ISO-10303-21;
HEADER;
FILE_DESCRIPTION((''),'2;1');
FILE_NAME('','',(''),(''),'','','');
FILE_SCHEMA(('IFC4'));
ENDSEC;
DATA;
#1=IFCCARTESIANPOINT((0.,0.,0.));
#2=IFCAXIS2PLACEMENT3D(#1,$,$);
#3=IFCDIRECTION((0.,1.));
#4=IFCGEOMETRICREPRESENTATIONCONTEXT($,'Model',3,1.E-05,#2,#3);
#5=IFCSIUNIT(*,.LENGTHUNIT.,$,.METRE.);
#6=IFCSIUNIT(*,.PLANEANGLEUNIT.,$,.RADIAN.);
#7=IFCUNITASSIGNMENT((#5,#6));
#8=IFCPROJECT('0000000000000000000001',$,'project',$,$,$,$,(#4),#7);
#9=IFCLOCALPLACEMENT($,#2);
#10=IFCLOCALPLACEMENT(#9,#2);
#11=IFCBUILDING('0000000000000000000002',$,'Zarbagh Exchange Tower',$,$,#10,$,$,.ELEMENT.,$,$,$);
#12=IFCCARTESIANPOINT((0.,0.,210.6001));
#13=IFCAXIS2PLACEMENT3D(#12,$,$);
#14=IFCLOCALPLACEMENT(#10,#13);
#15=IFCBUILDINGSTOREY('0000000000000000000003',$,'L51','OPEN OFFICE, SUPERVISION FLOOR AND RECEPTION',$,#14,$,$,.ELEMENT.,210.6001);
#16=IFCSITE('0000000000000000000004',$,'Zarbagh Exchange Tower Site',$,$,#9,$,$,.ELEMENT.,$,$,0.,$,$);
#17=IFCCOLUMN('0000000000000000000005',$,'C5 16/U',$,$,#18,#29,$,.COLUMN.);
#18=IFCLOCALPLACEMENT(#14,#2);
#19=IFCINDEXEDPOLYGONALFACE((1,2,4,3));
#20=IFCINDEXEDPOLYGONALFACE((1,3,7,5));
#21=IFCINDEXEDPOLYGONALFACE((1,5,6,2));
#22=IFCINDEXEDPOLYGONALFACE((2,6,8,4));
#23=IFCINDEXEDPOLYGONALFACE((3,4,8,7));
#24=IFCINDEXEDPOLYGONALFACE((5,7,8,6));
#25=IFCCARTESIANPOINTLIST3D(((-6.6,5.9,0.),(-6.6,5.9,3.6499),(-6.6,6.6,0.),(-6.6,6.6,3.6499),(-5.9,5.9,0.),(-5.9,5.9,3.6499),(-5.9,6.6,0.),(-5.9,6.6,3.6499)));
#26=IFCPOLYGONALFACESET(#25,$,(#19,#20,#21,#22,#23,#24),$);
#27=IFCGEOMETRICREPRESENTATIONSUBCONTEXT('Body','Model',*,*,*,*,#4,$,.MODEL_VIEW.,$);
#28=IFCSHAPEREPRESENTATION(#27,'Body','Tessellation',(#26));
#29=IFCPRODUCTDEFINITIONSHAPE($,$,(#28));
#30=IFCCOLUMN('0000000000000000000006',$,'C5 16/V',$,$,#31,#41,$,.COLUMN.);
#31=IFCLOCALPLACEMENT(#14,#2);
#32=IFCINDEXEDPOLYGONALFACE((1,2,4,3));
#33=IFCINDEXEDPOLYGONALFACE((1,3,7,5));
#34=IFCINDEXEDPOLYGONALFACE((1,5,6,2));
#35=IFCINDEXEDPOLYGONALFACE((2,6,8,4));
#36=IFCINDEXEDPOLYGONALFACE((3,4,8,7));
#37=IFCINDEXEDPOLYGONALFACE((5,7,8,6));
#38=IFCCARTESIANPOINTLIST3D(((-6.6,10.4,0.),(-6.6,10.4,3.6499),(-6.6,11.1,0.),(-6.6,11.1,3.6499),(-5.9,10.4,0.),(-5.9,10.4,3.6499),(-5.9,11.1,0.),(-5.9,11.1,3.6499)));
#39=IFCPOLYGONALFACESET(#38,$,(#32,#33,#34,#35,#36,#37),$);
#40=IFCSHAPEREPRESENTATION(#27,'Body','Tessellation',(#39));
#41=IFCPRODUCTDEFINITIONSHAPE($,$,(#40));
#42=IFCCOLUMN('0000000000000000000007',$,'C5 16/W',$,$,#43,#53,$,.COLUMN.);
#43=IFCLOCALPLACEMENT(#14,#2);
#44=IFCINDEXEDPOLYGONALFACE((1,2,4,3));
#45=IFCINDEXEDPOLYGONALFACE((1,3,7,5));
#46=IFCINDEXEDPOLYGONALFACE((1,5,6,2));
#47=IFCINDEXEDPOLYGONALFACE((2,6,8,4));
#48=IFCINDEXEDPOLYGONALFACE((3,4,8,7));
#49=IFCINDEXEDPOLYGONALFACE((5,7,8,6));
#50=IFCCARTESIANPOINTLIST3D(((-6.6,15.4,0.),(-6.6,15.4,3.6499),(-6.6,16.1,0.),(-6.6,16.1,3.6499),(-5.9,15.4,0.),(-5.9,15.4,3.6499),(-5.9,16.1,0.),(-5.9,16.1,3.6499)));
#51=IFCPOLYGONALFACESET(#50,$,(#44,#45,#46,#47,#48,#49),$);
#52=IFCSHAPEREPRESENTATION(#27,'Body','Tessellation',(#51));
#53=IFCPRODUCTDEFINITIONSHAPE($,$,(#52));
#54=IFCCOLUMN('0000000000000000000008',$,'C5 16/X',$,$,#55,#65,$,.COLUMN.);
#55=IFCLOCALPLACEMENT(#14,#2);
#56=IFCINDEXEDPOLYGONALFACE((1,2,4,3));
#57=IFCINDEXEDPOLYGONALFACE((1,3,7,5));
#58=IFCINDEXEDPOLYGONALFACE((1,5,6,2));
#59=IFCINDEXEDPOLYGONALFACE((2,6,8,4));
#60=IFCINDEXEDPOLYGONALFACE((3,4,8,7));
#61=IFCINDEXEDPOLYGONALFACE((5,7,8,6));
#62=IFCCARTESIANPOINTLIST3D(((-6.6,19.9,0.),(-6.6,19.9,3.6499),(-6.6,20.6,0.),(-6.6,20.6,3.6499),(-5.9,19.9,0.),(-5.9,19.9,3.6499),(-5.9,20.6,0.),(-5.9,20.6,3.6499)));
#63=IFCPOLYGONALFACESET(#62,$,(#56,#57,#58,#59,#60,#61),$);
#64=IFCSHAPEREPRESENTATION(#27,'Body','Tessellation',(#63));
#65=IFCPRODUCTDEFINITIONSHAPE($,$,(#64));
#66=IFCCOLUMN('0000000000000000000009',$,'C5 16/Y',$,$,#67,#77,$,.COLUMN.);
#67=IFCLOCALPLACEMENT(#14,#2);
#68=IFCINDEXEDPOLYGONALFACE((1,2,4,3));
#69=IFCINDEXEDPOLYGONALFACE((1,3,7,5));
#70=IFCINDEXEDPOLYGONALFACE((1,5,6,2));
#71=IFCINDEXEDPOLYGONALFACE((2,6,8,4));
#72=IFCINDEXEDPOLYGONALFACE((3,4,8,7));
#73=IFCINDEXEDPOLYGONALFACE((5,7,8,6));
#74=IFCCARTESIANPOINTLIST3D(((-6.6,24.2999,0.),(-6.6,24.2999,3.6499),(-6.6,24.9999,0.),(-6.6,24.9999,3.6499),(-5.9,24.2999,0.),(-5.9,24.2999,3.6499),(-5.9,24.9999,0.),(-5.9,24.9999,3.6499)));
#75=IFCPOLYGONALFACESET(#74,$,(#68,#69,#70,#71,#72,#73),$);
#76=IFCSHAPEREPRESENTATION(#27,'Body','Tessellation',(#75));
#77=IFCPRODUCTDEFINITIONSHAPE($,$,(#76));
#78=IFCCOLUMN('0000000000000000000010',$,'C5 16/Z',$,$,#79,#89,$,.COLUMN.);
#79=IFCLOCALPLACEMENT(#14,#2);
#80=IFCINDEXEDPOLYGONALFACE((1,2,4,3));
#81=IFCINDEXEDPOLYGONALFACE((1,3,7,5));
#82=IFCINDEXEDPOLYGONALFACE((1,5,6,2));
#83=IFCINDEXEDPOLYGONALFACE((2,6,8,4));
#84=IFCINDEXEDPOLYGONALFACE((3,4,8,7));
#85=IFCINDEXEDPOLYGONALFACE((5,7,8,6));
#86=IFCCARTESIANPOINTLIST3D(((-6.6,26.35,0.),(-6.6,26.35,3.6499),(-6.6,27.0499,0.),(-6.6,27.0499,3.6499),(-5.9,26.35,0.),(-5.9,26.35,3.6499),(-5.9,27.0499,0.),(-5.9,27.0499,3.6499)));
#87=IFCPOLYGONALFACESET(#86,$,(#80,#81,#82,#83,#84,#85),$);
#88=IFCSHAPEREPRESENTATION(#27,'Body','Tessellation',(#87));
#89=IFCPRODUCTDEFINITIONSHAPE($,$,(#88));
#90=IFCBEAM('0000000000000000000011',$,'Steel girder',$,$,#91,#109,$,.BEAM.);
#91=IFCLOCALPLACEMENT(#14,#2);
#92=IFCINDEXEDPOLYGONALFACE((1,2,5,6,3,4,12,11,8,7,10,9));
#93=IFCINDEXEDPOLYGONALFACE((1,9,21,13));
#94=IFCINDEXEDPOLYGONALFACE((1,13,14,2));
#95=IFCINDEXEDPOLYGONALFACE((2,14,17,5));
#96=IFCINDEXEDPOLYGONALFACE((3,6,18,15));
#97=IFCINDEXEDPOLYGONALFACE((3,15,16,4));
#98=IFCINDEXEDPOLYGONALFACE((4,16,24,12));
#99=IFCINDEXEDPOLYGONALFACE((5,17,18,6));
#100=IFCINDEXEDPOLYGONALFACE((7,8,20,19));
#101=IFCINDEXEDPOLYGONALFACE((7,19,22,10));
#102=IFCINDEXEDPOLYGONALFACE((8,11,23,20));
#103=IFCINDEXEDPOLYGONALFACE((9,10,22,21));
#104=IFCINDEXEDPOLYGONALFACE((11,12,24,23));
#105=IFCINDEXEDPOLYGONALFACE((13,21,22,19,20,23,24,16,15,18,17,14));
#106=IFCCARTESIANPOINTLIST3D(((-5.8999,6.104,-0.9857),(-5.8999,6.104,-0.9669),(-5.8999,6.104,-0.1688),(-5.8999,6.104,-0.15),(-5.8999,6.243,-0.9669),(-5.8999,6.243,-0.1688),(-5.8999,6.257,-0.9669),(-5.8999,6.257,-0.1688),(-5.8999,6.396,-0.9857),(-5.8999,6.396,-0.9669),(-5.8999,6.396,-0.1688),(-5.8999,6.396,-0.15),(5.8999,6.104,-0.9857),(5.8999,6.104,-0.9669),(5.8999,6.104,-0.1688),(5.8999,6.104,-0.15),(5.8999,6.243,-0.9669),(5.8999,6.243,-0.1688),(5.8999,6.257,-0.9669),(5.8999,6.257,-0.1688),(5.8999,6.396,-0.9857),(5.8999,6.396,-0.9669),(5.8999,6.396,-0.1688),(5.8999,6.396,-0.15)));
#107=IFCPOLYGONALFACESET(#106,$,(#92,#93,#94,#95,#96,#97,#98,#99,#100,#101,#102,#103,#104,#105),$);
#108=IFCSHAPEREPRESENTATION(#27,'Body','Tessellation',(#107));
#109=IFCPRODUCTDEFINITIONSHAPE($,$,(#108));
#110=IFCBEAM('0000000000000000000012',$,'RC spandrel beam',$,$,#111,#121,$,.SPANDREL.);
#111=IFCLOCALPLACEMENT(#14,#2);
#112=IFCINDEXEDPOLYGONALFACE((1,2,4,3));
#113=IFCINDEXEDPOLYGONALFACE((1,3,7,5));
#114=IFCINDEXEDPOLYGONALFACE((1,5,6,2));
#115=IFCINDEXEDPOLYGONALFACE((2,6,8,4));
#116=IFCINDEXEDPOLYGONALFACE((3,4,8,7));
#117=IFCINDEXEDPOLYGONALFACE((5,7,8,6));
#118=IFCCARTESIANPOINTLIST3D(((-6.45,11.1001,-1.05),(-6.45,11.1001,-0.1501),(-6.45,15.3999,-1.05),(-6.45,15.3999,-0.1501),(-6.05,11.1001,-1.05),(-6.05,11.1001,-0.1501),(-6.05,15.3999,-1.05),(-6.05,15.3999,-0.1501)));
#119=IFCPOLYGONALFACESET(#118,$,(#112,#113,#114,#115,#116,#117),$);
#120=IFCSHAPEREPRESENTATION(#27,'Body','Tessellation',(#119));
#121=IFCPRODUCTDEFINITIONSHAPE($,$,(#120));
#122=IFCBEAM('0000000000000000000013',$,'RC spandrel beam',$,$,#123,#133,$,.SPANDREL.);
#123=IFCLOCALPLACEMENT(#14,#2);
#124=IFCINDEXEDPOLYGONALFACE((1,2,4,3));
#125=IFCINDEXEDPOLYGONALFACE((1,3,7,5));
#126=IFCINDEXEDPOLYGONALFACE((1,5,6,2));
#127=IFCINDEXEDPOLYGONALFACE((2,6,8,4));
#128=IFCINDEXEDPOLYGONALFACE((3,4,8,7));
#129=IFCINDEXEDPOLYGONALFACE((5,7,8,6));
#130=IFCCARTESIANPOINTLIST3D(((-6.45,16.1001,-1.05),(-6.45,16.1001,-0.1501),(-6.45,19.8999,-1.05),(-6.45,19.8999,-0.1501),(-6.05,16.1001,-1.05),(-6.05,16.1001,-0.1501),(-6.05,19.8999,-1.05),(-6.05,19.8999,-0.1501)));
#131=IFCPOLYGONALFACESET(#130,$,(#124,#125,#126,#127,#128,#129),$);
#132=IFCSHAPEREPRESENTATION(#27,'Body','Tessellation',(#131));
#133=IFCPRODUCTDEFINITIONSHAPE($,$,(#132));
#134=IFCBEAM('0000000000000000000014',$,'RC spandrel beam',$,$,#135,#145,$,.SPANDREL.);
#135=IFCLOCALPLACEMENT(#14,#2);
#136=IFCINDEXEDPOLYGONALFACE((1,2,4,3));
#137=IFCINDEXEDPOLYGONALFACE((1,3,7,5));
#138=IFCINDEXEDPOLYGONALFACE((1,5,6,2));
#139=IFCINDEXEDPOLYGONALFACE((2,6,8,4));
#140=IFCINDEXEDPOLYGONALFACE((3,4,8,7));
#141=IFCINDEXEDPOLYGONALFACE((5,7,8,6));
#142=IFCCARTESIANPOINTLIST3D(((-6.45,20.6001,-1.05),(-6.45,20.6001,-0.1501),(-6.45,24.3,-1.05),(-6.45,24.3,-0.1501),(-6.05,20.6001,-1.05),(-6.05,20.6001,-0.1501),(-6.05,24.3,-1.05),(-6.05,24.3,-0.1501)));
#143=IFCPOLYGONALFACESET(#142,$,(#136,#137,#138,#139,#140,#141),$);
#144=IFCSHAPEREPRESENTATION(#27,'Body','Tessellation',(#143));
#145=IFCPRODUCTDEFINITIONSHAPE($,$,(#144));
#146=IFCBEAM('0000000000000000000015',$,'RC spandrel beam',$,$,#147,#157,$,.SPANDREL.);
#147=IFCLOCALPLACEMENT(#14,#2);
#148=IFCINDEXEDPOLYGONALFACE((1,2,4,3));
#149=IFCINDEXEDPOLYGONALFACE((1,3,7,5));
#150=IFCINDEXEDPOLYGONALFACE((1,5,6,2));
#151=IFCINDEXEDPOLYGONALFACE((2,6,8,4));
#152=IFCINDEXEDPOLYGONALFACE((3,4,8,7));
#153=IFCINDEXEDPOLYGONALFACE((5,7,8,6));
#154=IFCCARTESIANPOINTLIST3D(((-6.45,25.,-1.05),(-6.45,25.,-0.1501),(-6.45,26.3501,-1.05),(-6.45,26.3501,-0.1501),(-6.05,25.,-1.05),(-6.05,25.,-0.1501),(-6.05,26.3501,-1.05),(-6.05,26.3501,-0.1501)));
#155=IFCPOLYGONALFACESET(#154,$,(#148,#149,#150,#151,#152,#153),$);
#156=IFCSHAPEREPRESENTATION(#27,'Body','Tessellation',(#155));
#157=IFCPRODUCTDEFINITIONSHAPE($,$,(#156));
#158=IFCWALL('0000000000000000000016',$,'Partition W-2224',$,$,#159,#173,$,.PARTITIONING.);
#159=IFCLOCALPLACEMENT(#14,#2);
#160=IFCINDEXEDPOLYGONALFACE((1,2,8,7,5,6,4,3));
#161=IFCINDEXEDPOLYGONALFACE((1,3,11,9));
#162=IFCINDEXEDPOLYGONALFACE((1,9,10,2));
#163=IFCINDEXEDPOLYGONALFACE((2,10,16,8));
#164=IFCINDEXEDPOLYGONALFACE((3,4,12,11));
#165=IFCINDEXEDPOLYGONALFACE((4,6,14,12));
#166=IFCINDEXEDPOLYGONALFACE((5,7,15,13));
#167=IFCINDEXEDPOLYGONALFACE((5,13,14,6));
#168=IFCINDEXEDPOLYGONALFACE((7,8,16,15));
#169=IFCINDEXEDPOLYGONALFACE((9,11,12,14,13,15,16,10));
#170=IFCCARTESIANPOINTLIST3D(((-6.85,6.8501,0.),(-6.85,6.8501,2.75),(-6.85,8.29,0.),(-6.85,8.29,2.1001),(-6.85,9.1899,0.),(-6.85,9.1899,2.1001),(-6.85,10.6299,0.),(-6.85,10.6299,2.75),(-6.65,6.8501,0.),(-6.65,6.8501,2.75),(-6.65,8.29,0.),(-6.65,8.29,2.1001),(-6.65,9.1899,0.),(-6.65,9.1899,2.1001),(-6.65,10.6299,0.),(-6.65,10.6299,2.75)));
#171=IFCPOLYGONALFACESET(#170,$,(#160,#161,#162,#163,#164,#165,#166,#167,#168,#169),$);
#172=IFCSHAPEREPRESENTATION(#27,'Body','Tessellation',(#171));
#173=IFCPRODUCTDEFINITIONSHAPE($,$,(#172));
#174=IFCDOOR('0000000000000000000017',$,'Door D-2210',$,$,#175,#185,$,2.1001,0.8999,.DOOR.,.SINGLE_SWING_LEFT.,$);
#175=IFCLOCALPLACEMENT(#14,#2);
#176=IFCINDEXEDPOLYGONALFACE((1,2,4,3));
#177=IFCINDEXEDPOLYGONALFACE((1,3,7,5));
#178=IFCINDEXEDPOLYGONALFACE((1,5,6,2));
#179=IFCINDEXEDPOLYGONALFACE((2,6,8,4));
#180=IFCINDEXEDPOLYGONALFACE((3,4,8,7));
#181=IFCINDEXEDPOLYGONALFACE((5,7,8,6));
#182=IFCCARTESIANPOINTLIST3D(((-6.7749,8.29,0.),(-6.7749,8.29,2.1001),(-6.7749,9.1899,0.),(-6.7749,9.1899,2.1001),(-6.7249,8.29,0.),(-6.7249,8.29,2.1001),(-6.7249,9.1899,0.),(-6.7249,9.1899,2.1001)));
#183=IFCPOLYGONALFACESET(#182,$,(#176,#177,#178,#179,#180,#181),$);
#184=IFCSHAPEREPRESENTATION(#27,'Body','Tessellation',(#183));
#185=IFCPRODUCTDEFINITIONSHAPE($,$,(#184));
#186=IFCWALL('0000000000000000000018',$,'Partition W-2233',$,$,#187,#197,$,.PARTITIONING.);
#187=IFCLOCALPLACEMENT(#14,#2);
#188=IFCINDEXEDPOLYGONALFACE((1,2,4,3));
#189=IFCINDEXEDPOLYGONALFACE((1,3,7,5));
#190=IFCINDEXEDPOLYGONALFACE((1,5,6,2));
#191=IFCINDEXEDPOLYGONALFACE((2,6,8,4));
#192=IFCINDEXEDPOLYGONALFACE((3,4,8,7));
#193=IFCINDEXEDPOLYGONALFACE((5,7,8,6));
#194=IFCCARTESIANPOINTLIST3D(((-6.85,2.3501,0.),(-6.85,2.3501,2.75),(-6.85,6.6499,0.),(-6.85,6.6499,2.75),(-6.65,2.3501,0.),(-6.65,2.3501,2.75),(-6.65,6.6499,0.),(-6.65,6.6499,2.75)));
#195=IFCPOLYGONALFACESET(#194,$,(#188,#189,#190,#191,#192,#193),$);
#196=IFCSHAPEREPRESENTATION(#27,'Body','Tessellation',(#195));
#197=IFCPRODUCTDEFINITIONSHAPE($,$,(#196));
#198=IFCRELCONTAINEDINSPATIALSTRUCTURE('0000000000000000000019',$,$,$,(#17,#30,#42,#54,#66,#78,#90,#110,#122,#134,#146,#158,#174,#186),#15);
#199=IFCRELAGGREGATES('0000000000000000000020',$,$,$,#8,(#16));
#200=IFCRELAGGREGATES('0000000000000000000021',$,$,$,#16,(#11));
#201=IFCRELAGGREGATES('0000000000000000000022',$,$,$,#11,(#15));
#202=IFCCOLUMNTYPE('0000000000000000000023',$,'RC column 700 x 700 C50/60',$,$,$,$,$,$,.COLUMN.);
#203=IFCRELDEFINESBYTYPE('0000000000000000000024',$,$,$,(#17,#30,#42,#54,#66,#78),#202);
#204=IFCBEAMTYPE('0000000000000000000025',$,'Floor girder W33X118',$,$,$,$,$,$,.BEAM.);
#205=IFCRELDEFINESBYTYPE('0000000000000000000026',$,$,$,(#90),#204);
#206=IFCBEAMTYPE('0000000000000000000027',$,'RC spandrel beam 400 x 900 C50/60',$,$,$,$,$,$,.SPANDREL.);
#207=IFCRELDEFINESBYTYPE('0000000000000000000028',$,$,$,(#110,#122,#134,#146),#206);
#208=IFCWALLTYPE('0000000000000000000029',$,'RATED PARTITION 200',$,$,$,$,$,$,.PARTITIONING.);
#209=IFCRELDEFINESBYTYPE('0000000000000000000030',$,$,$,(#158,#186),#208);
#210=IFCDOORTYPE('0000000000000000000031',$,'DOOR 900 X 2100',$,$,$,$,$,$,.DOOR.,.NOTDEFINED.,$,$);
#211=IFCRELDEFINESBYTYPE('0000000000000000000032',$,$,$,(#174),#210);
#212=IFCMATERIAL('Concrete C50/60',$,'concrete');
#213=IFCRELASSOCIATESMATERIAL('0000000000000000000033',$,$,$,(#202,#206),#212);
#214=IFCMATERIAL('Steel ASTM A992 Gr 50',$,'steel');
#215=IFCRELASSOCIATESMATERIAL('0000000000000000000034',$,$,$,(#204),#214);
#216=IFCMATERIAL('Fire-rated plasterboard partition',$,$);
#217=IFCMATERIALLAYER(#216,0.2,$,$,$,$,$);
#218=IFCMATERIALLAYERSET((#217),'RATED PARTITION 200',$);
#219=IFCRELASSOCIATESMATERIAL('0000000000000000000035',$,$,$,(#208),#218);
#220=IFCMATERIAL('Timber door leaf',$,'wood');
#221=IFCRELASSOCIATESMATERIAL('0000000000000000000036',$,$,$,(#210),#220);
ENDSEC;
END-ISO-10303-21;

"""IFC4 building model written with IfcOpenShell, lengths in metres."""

from ifc_helpers import new_model, si_unit, direction, frame, frame_2d, origin, origin_2d, place, context, subcontext, project, spatial, rectangle, i_section, extrude, material, layer, layer_set, material_profile, profile_set, type_object, element, fill, save


model = new_model("IFC4")

# Units and contexts
model_context = context("Model", 3, precision=1e-05, world=origin(), true_north=direction((0.0, 1.0)))
body_context = subcontext(model_context, "Body", "Model", "MODEL_VIEW")
ifc_project = project(units=[si_unit("LENGTHUNIT", "METRE"), si_unit("PLANEANGLEUNIT", "RADIAN")], contexts=[model_context])

# Site, building, storey
site_placement = place(None, origin())
site = spatial("IfcSite", under=ifc_project, at=site_placement, Name="Zarbagh Exchange Tower Site", CompositionType="ELEMENT", RefElevation=0.0)
building_placement = place(site_placement, origin())
building = spatial("IfcBuilding", under=site, at=building_placement, Name="Zarbagh Exchange Tower", CompositionType="ELEMENT")
storey_placement = place(building_placement, frame((0.0, 0.0, 210.6001)))
storey = spatial("IfcBuildingStorey", under=building, at=storey_placement, Name="L51", Description="OPEN OFFICE, SUPERVISION FLOOR AND RECEPTION", CompositionType="ELEMENT", Elevation=210.6001)

# Columns
ifc_material_1 = material(Name="Concrete C50/60", Category="concrete")
ifc_material_profile_1 = material_profile(ifc_material_1, rectangle(XDim=0.7, YDim=0.7, at=origin_2d()), Name="RC column 700 x 700 C50/60")
ifc_profile_set_1 = profile_set([ifc_material_profile_1], Name="Concrete C50/60")
column_type = type_object("IfcColumnType", Name="RC column 700 x 700 C50/60", PredefinedType="COLUMN", material=ifc_profile_set_1)
for number, where, z_axis, x_axis, name in (
    (1, (-6.25, 6.25, 0.0), (0.0, 0.0, 1.0), (1.0, 0.0, 0.0), "C5 16/U"),
    (2, (-6.25, 10.75, 0.0), (0.0, 0.0, 1.0), (1.0, 0.0, 0.0), "C5 16/V"),
    (3, (-6.25, 15.75, 0.0), (0.0, 0.0, 1.0), (1.0, 0.0, 0.0), "C5 16/W"),
    (4, (-6.25, 20.25, 0.0), (0.0, 0.0, 1.0), (1.0, 0.0, 0.0), "C5 16/X"),
    (5, (-6.25, 24.6499, 0.0), (0.0, 0.0, 1.0), (1.0, 0.0, 0.0), "C5 16/Y"),
    (6, (-6.25, 26.7, 0.0), (0.0, 0.0, 1.0), (1.0, 0.0, 0.0), "C5 16/Z"),
):
    element("IfcColumn", number, at=place(storey_placement, frame(where, z_axis=z_axis, x_axis=x_axis)), inside=storey, type_object=column_type, Name=name, PredefinedType="COLUMN", context=body_context, shape_type="SweptSolid", body=[
        extrude(rectangle(XDim=0.7, YDim=0.7, at=origin_2d()), origin(), (0.0, 0.0, 1.0), 3.6499),
    ])

# Beams
ifc_material_2 = material(Name="Steel ASTM A992 Gr 50", Category="steel")
ifc_material_profile_2 = material_profile(ifc_material_2, i_section(OverallWidth=0.292, OverallDepth=0.8357, WebThickness=0.0139, FlangeThickness=0.0188, at=origin_2d()), Name="W33X118")
ifc_profile_set_2 = profile_set([ifc_material_profile_2], Name="Steel ASTM A992 Gr 50")
beam_type_1 = type_object("IfcBeamType", Name="Floor girder W33X118", PredefinedType="BEAM", material=ifc_profile_set_2)
beam_1_placement = place(storey_placement, frame((-5.8999, 6.25, -0.5679), z_axis=(1.0, 0.0, 0.0), x_axis=(0.0, 1.0, 0.0)))
element("IfcBeam", 7, at=beam_1_placement, inside=storey, type_object=beam_type_1, Name="Steel girder", PredefinedType="BEAM", context=body_context, shape_type="SweptSolid", body=[
    extrude(i_section(OverallWidth=0.292, OverallDepth=0.8357, WebThickness=0.0139, FlangeThickness=0.0188, at=origin_2d()), origin(), (0.0, 0.0, 1.0), 11.7998),
])
ifc_material_profile_3 = material_profile(ifc_material_1, rectangle(XDim=0.3999, YDim=0.8999, at=origin_2d()), Name="RC spandrel beam 400 x 900 C50/60")
ifc_profile_set_3 = profile_set([ifc_material_profile_3], Name="Concrete C50/60")
beam_type_2 = type_object("IfcBeamType", Name="RC spandrel beam 400 x 900 C50/60", PredefinedType="SPANDREL", material=ifc_profile_set_3)
beam_2_placement = place(storey_placement, frame((-6.25, 11.1001, -0.6001), z_axis=(0.0, 1.0, 0.0), x_axis=(-1.0, 0.0, 0.0)))
element("IfcBeam", 8, at=beam_2_placement, inside=storey, type_object=beam_type_2, Name="RC spandrel beam", PredefinedType="SPANDREL", context=body_context, shape_type="SweptSolid", body=[
    extrude(rectangle(XDim=0.3999, YDim=0.8999, at=origin_2d()), origin(), (0.0, 0.0, 1.0), 4.2998),
])
beam_3_placement = place(storey_placement, frame((-6.25, 16.1001, -0.6001), z_axis=(0.0, 1.0, 0.0), x_axis=(-1.0, 0.0, 0.0)))
element("IfcBeam", 9, at=beam_3_placement, inside=storey, type_object=beam_type_2, Name="RC spandrel beam", PredefinedType="SPANDREL", context=body_context, shape_type="SweptSolid", body=[
    extrude(rectangle(XDim=0.3999, YDim=0.8999, at=origin_2d()), origin(), (0.0, 0.0, 1.0), 3.7998),
])
beam_4_placement = place(storey_placement, frame((-6.25, 20.6001, -0.6001), z_axis=(0.0, 1.0, 0.0), x_axis=(-1.0, 0.0, 0.0)))
element("IfcBeam", 10, at=beam_4_placement, inside=storey, type_object=beam_type_2, Name="RC spandrel beam", PredefinedType="SPANDREL", context=body_context, shape_type="SweptSolid", body=[
    extrude(rectangle(XDim=0.3999, YDim=0.8999, at=origin_2d()), origin(), (0.0, 0.0, 1.0), 3.7),
])
beam_5_placement = place(storey_placement, frame((-6.25, 25.0, -0.6001), z_axis=(0.0, 1.0, 0.0), x_axis=(-1.0, 0.0, 0.0)))
element("IfcBeam", 11, at=beam_5_placement, inside=storey, type_object=beam_type_2, Name="RC spandrel beam", PredefinedType="SPANDREL", context=body_context, shape_type="SweptSolid", body=[
    extrude(rectangle(XDim=0.3999, YDim=0.8999, at=origin_2d()), origin(), (0.0, 0.0, 1.0), 1.3501),
])

# Wall, opening, door
ifc_material_3 = material(Name="Fire-rated plasterboard partition")
ifc_layer_1 = layer(ifc_material_3, 0.2)
ifc_layer_set_1 = layer_set([ifc_layer_1], Name="RATED PARTITION 200")
wall_type_1 = type_object("IfcWallType", Name="RATED PARTITION 200", PredefinedType="PARTITIONING", material=ifc_layer_set_1)
wall_1_placement = place(storey_placement, frame((-6.75, 6.8501, 0.0), z_axis=(0.0, 0.0, 1.0), x_axis=(0.0, 1.0, 0.0)))
wall_1 = element("IfcWall", 12, at=wall_1_placement, inside=storey, type_object=wall_type_1, Name="Partition W-2224", PredefinedType="PARTITIONING", context=body_context, shape_type="SweptSolid", body=[
    extrude(rectangle(XDim=3.7798, YDim=0.2, at=frame_2d((1.8899, 0.0))), origin(), (0.0, 0.0, 1.0), 2.75),
])
opening_1_placement = place(wall_1_placement, frame((1.4399, 0.0, 0.0)))
opening_1 = element("IfcOpeningElement", 13, at=opening_1_placement, cuts=wall_1, PredefinedType="OPENING", context=body_context, shape_type="SweptSolid", body=[
    extrude(rectangle(XDim=0.8999, YDim=2.1001, at=frame_2d((0.45, 1.05))), frame((0.0, 0.1099, 0.0), z_axis=(0.0, -1.0, 0.0), x_axis=(1.0, 0.0, 0.0)), (0.0, 0.0, 1.0), 0.22),
])
ifc_material_4 = material(Name="Timber door leaf", Category="wood")
door_type_1 = type_object("IfcDoorType", Name="DOOR 900 X 2100", OperationType="NOTDEFINED", PredefinedType="DOOR", material=ifc_material_4)
door_1_placement = place(opening_1_placement, origin())
door_1 = element("IfcDoor", 14, at=door_1_placement, inside=storey, type_object=door_type_1, Name="Door D-2210", OperationType="SINGLE_SWING_LEFT", OverallHeight=2.1001, OverallWidth=0.8999, PredefinedType="DOOR", context=body_context, shape_type="SweptSolid", body=[
    extrude(rectangle(XDim=0.8999, YDim=2.1001, at=frame_2d((0.45, 1.05))), frame((0.0, 0.0249, 0.0), z_axis=(0.0, -1.0, 0.0), x_axis=(1.0, 0.0, 0.0)), (0.0, 0.0, 1.0), 0.05),
])
fill(opening_1, door_1)

# Wall
wall_2_placement = place(storey_placement, frame((-6.75, 2.3501, 0.0), z_axis=(0.0, 0.0, 1.0), x_axis=(0.0, 1.0, 0.0)))
element("IfcWall", 15, at=wall_2_placement, inside=storey, type_object=wall_type_1, Name="Partition W-2233", PredefinedType="PARTITIONING", context=body_context, shape_type="SweptSolid", body=[
    extrude(rectangle(XDim=4.2998, YDim=0.2, at=frame_2d((2.1499, 0.0))), origin(), (0.0, 0.0, 1.0), 2.75),
])

save(model, "model.ifc")
